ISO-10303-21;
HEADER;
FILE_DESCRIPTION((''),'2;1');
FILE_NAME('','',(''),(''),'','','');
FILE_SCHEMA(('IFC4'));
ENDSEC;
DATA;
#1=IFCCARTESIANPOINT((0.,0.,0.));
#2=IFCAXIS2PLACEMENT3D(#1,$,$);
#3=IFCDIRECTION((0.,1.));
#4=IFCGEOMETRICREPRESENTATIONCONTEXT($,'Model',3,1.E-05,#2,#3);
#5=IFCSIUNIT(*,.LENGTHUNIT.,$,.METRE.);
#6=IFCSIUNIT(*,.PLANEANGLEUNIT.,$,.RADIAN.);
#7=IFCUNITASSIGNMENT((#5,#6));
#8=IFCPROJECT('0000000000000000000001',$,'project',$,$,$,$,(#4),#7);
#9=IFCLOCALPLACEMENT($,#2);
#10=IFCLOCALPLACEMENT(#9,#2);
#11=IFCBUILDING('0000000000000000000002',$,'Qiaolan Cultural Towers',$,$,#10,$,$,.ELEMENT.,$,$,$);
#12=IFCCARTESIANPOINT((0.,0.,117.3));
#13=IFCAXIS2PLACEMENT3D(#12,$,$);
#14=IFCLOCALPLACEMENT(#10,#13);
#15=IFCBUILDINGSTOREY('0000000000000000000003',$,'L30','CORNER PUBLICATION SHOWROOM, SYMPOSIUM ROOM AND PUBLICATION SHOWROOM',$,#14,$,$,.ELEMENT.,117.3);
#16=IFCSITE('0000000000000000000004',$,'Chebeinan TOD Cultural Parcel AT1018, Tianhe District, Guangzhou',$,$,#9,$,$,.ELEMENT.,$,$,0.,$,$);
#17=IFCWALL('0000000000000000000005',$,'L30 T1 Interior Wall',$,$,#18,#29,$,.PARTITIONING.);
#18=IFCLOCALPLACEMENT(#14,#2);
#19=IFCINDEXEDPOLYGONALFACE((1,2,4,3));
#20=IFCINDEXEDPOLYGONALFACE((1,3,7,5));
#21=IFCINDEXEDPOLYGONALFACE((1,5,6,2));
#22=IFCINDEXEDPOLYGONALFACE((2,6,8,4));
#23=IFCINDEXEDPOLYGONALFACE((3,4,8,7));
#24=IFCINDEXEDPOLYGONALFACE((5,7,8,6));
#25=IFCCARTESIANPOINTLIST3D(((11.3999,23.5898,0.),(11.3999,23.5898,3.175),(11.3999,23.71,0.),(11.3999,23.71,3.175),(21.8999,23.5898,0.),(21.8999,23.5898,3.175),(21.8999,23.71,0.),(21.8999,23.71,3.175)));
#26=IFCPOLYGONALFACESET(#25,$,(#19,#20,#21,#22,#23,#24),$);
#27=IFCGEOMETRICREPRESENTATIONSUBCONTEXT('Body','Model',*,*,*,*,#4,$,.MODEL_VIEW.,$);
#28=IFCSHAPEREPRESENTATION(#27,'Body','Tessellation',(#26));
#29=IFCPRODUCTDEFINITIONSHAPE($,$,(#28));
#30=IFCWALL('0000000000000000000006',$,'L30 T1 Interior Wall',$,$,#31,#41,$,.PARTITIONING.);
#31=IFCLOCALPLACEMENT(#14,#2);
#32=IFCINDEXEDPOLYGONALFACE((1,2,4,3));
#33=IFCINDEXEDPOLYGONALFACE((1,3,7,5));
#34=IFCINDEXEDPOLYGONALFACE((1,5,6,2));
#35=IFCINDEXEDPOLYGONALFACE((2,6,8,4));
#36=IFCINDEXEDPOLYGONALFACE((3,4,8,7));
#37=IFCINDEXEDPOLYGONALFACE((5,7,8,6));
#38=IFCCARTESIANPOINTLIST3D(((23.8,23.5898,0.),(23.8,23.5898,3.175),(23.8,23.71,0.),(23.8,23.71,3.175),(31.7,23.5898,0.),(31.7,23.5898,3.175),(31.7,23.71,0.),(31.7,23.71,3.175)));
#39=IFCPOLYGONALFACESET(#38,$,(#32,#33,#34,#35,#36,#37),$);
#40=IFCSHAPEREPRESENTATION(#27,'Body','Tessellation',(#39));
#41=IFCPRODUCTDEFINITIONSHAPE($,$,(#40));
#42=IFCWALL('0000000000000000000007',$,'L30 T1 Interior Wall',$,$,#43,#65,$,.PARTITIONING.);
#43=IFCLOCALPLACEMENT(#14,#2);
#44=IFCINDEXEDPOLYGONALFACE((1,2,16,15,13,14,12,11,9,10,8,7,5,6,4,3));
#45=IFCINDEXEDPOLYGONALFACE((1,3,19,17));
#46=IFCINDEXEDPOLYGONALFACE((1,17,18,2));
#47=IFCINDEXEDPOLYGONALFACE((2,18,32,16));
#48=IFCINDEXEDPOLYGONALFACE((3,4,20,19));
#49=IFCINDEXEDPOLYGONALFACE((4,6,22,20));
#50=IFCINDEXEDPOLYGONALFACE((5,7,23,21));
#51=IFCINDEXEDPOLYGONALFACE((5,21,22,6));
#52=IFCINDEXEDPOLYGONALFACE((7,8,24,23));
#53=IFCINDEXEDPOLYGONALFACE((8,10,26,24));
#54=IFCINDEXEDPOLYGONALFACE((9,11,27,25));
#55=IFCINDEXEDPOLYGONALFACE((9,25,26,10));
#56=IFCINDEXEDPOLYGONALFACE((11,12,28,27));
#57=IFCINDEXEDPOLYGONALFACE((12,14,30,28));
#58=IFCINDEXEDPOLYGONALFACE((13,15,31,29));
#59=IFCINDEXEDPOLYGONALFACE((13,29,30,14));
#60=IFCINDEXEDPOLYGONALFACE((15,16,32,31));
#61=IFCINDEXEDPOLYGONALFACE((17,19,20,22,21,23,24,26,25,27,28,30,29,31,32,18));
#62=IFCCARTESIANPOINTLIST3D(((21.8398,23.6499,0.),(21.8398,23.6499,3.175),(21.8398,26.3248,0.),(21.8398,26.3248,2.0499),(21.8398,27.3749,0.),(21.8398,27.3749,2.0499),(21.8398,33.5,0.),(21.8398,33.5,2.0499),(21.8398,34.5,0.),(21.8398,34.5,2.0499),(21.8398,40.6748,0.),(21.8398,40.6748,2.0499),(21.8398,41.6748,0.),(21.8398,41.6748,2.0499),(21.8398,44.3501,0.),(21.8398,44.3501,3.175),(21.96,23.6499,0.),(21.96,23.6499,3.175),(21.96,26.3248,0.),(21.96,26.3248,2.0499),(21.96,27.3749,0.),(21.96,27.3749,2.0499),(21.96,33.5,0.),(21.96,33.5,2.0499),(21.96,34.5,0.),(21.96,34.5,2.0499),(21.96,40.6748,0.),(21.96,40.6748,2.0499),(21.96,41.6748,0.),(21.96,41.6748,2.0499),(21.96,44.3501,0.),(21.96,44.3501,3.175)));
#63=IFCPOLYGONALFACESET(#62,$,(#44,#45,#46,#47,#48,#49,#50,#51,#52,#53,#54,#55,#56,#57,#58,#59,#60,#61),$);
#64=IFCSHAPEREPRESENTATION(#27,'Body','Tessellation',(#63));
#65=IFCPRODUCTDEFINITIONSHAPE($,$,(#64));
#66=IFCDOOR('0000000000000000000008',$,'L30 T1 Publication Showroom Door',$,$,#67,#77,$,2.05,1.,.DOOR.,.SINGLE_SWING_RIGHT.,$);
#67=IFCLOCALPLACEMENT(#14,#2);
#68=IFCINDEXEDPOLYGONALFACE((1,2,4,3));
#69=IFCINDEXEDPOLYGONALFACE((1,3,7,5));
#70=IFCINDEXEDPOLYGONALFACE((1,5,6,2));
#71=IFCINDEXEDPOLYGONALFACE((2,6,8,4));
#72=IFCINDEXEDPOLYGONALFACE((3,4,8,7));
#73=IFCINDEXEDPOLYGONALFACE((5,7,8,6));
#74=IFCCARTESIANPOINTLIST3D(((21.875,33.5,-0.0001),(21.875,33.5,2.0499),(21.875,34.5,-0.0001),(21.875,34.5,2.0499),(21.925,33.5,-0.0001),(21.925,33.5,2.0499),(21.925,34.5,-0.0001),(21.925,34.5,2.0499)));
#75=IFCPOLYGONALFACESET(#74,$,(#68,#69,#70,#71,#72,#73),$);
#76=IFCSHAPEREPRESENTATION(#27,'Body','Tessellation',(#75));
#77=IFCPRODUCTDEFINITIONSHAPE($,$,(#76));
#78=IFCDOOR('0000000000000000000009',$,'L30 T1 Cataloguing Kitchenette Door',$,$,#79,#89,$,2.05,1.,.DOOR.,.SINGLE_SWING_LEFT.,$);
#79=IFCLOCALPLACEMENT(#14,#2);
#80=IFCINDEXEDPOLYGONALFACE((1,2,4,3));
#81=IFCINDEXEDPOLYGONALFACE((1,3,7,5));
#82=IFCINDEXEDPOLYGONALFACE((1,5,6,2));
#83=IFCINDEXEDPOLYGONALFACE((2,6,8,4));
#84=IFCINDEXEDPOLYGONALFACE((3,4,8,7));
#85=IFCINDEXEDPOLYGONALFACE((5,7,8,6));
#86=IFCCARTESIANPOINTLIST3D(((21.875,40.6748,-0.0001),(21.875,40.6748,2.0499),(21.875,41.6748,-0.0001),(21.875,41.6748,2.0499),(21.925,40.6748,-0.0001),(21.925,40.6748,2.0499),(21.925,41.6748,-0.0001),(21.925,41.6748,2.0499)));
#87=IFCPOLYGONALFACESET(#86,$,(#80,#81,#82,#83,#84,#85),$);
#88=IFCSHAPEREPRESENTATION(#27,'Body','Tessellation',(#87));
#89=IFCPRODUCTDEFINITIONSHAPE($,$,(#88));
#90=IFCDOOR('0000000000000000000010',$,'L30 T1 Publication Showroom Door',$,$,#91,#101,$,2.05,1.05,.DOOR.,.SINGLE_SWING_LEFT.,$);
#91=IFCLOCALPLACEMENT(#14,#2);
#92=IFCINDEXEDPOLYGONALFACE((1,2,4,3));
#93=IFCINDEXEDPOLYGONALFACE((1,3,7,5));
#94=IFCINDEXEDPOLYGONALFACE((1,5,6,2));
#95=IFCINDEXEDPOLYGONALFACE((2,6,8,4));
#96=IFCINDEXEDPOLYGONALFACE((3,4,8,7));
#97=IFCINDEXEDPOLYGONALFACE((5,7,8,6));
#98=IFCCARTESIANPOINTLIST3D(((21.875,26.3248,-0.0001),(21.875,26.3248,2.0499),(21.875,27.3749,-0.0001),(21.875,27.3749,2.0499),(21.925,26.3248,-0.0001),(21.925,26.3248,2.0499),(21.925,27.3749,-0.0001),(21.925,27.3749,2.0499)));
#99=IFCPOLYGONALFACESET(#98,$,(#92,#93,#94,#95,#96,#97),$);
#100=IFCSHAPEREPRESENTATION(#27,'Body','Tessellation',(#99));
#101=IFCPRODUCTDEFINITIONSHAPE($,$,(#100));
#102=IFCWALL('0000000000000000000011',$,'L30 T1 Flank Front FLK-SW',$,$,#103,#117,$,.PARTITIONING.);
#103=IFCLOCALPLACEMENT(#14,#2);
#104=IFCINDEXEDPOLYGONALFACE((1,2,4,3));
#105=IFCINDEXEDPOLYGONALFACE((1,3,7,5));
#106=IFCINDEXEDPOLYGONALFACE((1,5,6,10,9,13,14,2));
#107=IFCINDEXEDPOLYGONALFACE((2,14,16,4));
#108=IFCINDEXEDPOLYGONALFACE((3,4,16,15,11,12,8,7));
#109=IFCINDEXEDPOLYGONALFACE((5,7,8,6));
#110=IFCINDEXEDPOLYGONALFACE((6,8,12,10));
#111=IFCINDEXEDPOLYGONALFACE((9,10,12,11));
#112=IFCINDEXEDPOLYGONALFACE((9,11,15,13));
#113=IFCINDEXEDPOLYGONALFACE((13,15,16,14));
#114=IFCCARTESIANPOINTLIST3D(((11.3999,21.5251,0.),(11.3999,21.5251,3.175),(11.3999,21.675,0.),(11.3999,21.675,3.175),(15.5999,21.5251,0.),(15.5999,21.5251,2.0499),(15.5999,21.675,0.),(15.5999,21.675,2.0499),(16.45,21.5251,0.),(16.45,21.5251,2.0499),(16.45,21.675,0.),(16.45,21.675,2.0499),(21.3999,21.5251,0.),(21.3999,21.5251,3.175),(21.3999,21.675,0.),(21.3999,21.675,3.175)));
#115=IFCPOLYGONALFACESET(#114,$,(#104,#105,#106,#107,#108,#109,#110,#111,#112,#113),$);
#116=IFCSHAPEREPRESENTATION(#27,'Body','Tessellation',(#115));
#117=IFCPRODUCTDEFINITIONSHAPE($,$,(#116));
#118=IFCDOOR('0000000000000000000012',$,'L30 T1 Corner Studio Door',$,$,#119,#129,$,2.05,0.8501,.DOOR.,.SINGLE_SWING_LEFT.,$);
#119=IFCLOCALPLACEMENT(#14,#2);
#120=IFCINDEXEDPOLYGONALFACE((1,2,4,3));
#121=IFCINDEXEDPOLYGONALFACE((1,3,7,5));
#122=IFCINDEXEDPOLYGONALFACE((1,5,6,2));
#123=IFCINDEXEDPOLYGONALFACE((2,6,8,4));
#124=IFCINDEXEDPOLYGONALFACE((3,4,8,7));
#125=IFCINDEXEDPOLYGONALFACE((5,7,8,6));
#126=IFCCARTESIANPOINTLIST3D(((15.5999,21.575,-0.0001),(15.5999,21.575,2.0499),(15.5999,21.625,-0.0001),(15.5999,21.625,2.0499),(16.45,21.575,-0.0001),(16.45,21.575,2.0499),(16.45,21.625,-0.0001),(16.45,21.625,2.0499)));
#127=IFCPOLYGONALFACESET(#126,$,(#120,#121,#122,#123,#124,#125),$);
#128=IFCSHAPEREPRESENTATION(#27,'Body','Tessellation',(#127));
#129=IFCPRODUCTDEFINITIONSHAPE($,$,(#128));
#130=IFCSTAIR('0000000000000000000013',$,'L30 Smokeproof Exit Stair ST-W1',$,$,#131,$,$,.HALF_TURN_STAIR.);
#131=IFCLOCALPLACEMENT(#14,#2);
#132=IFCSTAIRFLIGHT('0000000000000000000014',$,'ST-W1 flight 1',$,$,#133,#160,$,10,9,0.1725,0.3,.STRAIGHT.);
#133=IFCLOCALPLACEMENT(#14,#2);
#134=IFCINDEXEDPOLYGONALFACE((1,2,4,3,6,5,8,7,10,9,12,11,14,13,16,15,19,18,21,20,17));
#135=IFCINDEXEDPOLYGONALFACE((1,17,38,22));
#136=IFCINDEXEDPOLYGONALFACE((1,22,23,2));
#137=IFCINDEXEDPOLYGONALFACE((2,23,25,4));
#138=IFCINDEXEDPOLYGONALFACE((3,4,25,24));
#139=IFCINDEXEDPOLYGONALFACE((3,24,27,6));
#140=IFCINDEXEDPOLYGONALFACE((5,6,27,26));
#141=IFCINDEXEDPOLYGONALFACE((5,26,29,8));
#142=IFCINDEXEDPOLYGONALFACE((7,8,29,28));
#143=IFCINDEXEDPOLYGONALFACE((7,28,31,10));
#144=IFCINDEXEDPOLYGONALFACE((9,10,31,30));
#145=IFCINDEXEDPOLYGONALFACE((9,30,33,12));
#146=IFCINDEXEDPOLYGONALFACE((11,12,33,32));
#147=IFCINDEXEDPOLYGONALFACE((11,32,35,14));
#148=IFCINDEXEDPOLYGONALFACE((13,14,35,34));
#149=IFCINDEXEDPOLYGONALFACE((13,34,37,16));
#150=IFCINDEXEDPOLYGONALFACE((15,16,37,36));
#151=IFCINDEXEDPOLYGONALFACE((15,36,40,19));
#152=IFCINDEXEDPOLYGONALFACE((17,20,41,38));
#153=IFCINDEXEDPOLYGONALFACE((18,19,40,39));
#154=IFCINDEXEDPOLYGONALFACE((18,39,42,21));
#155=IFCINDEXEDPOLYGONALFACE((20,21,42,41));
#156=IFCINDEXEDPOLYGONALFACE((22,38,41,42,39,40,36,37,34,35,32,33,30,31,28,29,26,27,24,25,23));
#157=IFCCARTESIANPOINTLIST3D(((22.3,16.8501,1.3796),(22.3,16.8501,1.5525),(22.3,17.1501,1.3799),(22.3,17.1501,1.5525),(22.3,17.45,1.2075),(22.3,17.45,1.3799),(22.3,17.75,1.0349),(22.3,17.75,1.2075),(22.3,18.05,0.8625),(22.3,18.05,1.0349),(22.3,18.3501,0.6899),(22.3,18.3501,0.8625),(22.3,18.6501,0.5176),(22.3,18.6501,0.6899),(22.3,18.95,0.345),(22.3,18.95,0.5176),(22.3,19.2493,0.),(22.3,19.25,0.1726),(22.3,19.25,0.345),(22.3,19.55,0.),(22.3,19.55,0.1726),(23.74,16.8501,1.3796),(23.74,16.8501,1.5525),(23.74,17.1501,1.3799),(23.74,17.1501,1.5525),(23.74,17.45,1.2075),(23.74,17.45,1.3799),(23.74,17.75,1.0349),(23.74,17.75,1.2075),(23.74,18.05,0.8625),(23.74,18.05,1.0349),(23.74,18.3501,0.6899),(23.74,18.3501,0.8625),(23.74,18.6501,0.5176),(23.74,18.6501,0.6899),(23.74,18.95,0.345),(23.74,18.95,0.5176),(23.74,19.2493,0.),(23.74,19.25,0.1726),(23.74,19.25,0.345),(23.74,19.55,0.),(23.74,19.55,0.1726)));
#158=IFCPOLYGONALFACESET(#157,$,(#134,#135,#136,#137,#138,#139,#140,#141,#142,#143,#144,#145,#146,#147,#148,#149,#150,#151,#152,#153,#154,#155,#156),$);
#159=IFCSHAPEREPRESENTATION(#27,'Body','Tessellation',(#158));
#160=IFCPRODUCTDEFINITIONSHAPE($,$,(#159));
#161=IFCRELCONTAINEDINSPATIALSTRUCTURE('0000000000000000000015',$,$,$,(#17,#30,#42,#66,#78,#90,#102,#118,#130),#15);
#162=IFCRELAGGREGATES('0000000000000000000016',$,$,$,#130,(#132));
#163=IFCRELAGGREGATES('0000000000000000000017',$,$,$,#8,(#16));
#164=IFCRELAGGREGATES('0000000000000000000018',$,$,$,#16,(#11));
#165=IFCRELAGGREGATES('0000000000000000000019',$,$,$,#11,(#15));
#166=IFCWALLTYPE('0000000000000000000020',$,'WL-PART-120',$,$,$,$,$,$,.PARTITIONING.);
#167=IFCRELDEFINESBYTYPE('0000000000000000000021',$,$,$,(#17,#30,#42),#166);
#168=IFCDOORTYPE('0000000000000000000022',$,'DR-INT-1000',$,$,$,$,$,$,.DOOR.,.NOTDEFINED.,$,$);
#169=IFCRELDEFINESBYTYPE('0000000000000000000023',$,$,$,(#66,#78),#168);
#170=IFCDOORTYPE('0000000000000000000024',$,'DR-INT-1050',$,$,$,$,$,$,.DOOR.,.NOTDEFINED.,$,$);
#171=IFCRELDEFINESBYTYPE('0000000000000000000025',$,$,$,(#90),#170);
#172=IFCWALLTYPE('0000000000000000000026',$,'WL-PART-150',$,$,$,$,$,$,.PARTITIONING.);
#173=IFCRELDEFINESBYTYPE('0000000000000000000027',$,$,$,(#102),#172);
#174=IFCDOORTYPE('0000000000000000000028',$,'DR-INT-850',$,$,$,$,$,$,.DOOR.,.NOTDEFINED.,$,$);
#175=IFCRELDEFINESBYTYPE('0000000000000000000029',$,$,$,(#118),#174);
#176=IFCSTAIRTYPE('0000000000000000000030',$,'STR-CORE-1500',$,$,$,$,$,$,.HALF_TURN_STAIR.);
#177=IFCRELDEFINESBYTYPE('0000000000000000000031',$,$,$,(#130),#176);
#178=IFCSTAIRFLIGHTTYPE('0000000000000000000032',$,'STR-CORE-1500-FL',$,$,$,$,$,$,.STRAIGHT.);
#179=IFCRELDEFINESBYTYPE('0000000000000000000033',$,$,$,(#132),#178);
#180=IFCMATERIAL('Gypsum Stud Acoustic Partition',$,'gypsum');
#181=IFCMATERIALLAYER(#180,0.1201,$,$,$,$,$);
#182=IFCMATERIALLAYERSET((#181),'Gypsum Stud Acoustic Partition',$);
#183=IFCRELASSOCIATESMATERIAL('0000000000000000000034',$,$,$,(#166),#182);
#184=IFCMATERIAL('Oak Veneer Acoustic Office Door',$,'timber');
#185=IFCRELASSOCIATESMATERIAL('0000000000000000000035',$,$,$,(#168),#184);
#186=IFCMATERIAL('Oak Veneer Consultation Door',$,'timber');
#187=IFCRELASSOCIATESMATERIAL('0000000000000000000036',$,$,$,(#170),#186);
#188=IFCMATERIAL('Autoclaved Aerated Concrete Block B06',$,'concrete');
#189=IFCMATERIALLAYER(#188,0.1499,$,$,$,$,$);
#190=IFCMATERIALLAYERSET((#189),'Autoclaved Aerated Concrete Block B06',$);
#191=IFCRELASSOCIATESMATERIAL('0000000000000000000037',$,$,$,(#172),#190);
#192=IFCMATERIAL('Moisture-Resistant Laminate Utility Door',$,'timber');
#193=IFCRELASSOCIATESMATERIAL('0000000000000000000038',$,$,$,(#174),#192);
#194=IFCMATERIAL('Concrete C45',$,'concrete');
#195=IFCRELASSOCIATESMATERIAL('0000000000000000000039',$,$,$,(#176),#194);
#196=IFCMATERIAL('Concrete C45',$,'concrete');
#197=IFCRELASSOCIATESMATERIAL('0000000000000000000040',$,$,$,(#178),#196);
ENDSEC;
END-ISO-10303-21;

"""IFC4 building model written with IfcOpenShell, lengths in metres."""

from ifc_helpers import new_model, si_unit, direction, frame, frame_2d, origin, place, context, subcontext, project, spatial, polyline, rectangle, outline, extrude, material, layer, layer_set, type_object, element, fill, aggregate, save


model = new_model("IFC4")

# Units and contexts
model_context = context("Model", 3, precision=1e-05, world=origin(), true_north=direction((0.0, 1.0)))
body_context = subcontext(model_context, "Body", "Model", "MODEL_VIEW")
ifc_project = project(units=[si_unit("LENGTHUNIT", "METRE"), si_unit("PLANEANGLEUNIT", "RADIAN")], contexts=[model_context])

# Site, building, storey
site_placement = place(None, origin())
site = spatial("IfcSite", under=ifc_project, at=site_placement, Name="Chebeinan TOD Cultural Parcel AT1018, Tianhe District, Guangzhou", CompositionType="ELEMENT", RefElevation=0.0)
building_placement = place(site_placement, origin())
building = spatial("IfcBuilding", under=site, at=building_placement, Name="Qiaolan Cultural Towers", CompositionType="ELEMENT")
storey_placement = place(building_placement, frame((0.0, 0.0, 117.3)))
storey = spatial("IfcBuildingStorey", under=building, at=storey_placement, Name="L30", Description="CORNER PUBLICATION SHOWROOM, SYMPOSIUM ROOM AND PUBLICATION SHOWROOM", CompositionType="ELEMENT", Elevation=117.3)

# Walls
ifc_material_1 = material(Name="Gypsum Stud Acoustic Partition", Category="gypsum")
ifc_layer_1 = layer(ifc_material_1, 0.1201)
ifc_layer_set_1 = layer_set([ifc_layer_1], Name="Gypsum Stud Acoustic Partition")
wall_type_1 = type_object("IfcWallType", Name="WL-PART-120", PredefinedType="PARTITIONING", material=ifc_layer_set_1)
wall_1_placement = place(storey_placement, frame((11.3999, 23.6499, 0.0), z_axis=(0.0, 0.0, 1.0), x_axis=(1.0, 0.0, 0.0)))
element("IfcWall", 1, at=wall_1_placement, inside=storey, type_object=wall_type_1, Name="L30 T1 Interior Wall", PredefinedType="PARTITIONING", context=body_context, shape_type="SweptSolid", body=[
    extrude(rectangle(XDim=10.5, YDim=0.1201, at=frame_2d((5.25, 0.0))), origin(), (0.0, 0.0, 1.0), 3.175),
])
wall_2_placement = place(storey_placement, frame((23.8, 23.6499, 0.0), z_axis=(0.0, 0.0, 1.0), x_axis=(1.0, 0.0, 0.0)))
element("IfcWall", 2, at=wall_2_placement, inside=storey, type_object=wall_type_1, Name="L30 T1 Interior Wall", PredefinedType="PARTITIONING", context=body_context, shape_type="SweptSolid", body=[
    extrude(rectangle(XDim=7.8999, YDim=0.1201, at=frame_2d((3.95, 0.0))), origin(), (0.0, 0.0, 1.0), 3.175),
])

# Wall, openings, doors
wall_3_placement = place(storey_placement, frame((21.8999, 23.6499, 0.0), z_axis=(0.0, 0.0, 1.0), x_axis=(0.0, 1.0, 0.0)))
wall_3 = element("IfcWall", 3, at=wall_3_placement, inside=storey, type_object=wall_type_1, Name="L30 T1 Interior Wall", PredefinedType="PARTITIONING", context=body_context, shape_type="SweptSolid", body=[
    extrude(rectangle(XDim=20.7002, YDim=0.1201, at=frame_2d((10.3501, 0.0))), origin(), (0.0, 0.0, 1.0), 3.175),
])
opening_1_placement = place(wall_3_placement, frame((2.675, 0.0, 0.0)))
opening_1 = element("IfcOpeningElement", 4, at=opening_1_placement, cuts=wall_3, PredefinedType="OPENING", context=body_context, shape_type="SweptSolid", body=[
    extrude(rectangle(XDim=1.05, YDim=2.05, at=frame_2d((0.5249, 1.0249))), frame((0.0, 0.0701, 0.0), z_axis=(0.0, -1.0, 0.0), x_axis=(1.0, 0.0, 0.0)), (0.0, 0.0, 1.0), 0.1401),
])
opening_2_placement = place(wall_3_placement, frame((9.8501, 0.0, 0.0)))
opening_2 = element("IfcOpeningElement", 5, at=opening_2_placement, cuts=wall_3, PredefinedType="OPENING", context=body_context, shape_type="SweptSolid", body=[
    extrude(rectangle(XDim=1.0, YDim=2.05, at=frame_2d((0.5, 1.0249))), frame((0.0, 0.0701, 0.0), z_axis=(0.0, -1.0, 0.0), x_axis=(1.0, 0.0, 0.0)), (0.0, 0.0, 1.0), 0.1401),
])
opening_3_placement = place(wall_3_placement, frame((17.0249, 0.0, 0.0)))
opening_3 = element("IfcOpeningElement", 6, at=opening_3_placement, cuts=wall_3, PredefinedType="OPENING", context=body_context, shape_type="SweptSolid", body=[
    extrude(rectangle(XDim=1.0, YDim=2.05, at=frame_2d((0.5, 1.0249))), frame((0.0, 0.0701, 0.0), z_axis=(0.0, -1.0, 0.0), x_axis=(1.0, 0.0, 0.0)), (0.0, 0.0, 1.0), 0.1401),
])
ifc_material_2 = material(Name="Oak Veneer Acoustic Office Door", Category="timber")
door_type_1 = type_object("IfcDoorType", Name="DR-INT-1000", OperationType="NOTDEFINED", PredefinedType="DOOR", material=ifc_material_2)
door_1_placement = place(opening_2_placement, origin())
door_1 = element("IfcDoor", 7, at=door_1_placement, inside=storey, type_object=door_type_1, Name="L30 T1 Publication Showroom Door", OperationType="SINGLE_SWING_RIGHT", OverallHeight=2.05, OverallWidth=1.0, PredefinedType="DOOR", context=body_context, shape_type="SweptSolid", body=[
    extrude(rectangle(XDim=1.0, YDim=2.05, at=frame_2d((0.5, 1.0249))), frame((0.0, 0.0249, 0.0), z_axis=(0.0, -1.0, 0.0), x_axis=(1.0, 0.0, 0.0)), (0.0, 0.0, 1.0), 0.05),
])
fill(opening_2, door_1)
door_2_placement = place(opening_3_placement, origin())
door_2 = element("IfcDoor", 8, at=door_2_placement, inside=storey, type_object=door_type_1, Name="L30 T1 Cataloguing Kitchenette Door", OperationType="SINGLE_SWING_LEFT", OverallHeight=2.05, OverallWidth=1.0, PredefinedType="DOOR", context=body_context, shape_type="SweptSolid", body=[
    extrude(rectangle(XDim=1.0, YDim=2.05, at=frame_2d((0.5, 1.0249))), frame((0.0, 0.0249, 0.0), z_axis=(0.0, -1.0, 0.0), x_axis=(1.0, 0.0, 0.0)), (0.0, 0.0, 1.0), 0.05),
])
fill(opening_3, door_2)
ifc_material_3 = material(Name="Oak Veneer Consultation Door", Category="timber")
door_type_2 = type_object("IfcDoorType", Name="DR-INT-1050", OperationType="NOTDEFINED", PredefinedType="DOOR", material=ifc_material_3)
door_3_placement = place(opening_1_placement, origin())
door_3 = element("IfcDoor", 9, at=door_3_placement, inside=storey, type_object=door_type_2, Name="L30 T1 Publication Showroom Door", OperationType="SINGLE_SWING_LEFT", OverallHeight=2.05, OverallWidth=1.05, PredefinedType="DOOR", context=body_context, shape_type="SweptSolid", body=[
    extrude(rectangle(XDim=1.05, YDim=2.05, at=frame_2d((0.5249, 1.0249))), frame((0.0, 0.0249, 0.0), z_axis=(0.0, -1.0, 0.0), x_axis=(1.0, 0.0, 0.0)), (0.0, 0.0, 1.0), 0.05),
])
fill(opening_1, door_3)

# Wall, opening, door
ifc_material_4 = material(Name="Autoclaved Aerated Concrete Block B06", Category="concrete")
ifc_layer_2 = layer(ifc_material_4, 0.1499)
ifc_layer_set_2 = layer_set([ifc_layer_2], Name="Autoclaved Aerated Concrete Block B06")
wall_type_2 = type_object("IfcWallType", Name="WL-PART-150", PredefinedType="PARTITIONING", material=ifc_layer_set_2)
wall_4_placement = place(storey_placement, frame((11.3999, 21.6001, 0.0), z_axis=(0.0, 0.0, 1.0), x_axis=(1.0, 0.0, 0.0)))
wall_4 = element("IfcWall", 10, at=wall_4_placement, inside=storey, type_object=wall_type_2, Name="L30 T1 Flank Front FLK-SW", PredefinedType="PARTITIONING", context=body_context, shape_type="SweptSolid", body=[
    extrude(rectangle(XDim=10.0, YDim=0.1499, at=frame_2d((5.0, 0.0))), origin(), (0.0, 0.0, 1.0), 3.175),
])
opening_4_placement = place(wall_4_placement, frame((4.2, 0.0, 0.0)))
opening_4 = element("IfcOpeningElement", 11, at=opening_4_placement, cuts=wall_4, PredefinedType="OPENING", context=body_context, shape_type="SweptSolid", body=[
    extrude(rectangle(XDim=0.8501, YDim=2.05, at=frame_2d((0.425, 1.0249))), frame((0.0, 0.085, 0.0), z_axis=(0.0, -1.0, 0.0), x_axis=(1.0, 0.0, 0.0)), (0.0, 0.0, 1.0), 0.1699),
])
ifc_material_5 = material(Name="Moisture-Resistant Laminate Utility Door", Category="timber")
door_type_3 = type_object("IfcDoorType", Name="DR-INT-850", OperationType="NOTDEFINED", PredefinedType="DOOR", material=ifc_material_5)
door_4_placement = place(opening_4_placement, origin())
door_4 = element("IfcDoor", 12, at=door_4_placement, inside=storey, type_object=door_type_3, Name="L30 T1 Corner Studio Door", OperationType="SINGLE_SWING_LEFT", OverallHeight=2.05, OverallWidth=0.8501, PredefinedType="DOOR", context=body_context, shape_type="SweptSolid", body=[
    extrude(rectangle(XDim=0.8501, YDim=2.05, at=frame_2d((0.425, 1.0249))), frame((0.0, 0.0249, 0.0), z_axis=(0.0, -1.0, 0.0), x_axis=(1.0, 0.0, 0.0)), (0.0, 0.0, 1.0), 0.05),
])
fill(opening_4, door_4)

# Stair, stair flight
ifc_material_6 = material(Name="Concrete C45", Category="concrete")
stair_type = type_object("IfcStairType", Name="STR-CORE-1500", PredefinedType="HALF_TURN_STAIR", material=ifc_material_6)
stair_placement = place(storey_placement, origin())
stair = element("IfcStair", 13, at=stair_placement, inside=storey, type_object=stair_type, Name="L30 Smokeproof Exit Stair ST-W1", PredefinedType="HALF_TURN_STAIR")
ifc_material_7 = material(Name="Concrete C45", Category="concrete")
stair_flight_type = type_object("IfcStairFlightType", Name="STR-CORE-1500-FL", PredefinedType="STRAIGHT", material=ifc_material_7)
stair_flight_placement = place(storey_placement, frame((23.02, 19.55, 0.0), z_axis=(0.0, 0.0, 1.0), x_axis=(0.0, -1.0, 0.0)))
stair_flight = element("IfcStairFlight", 14, at=stair_flight_placement, type_object=stair_flight_type, Name="ST-W1 flight 1", NumberOfRisers=10, NumberOfTreads=9, PredefinedType="STRAIGHT", RiserHeight=0.1725, TreadLength=0.3, context=body_context, shape_type="SweptSolid", body=[
    extrude(outline(polyline([(0.0, 0.0), (0.0, 0.1726), (0.3, 0.1726), (0.3, 0.345), (0.6001, 0.345), (0.6001, 0.5176), (0.8999, 0.5176), (0.8999, 0.6899), (1.2, 0.6899), (1.2, 0.8625), (1.5, 0.8625), (1.5, 1.0349), (1.8, 1.0349), (1.8, 1.2075), (2.1001, 1.2075), (2.1001, 1.3799), (2.3999, 1.3799), (2.3999, 1.5525), (2.7, 1.5525), (2.7, 1.7251), (2.7, 1.3796), (0.3008, 0.0), (0.0, 0.0)])), frame((0.0, 0.72, 0.0), z_axis=(0.0, -1.0, 0.0), x_axis=(1.0, 0.0, 0.0)), (0.0, 0.0, 1.0), 1.4399),
])
aggregate(stair, [stair_flight])

save(model, "model.ifc")
